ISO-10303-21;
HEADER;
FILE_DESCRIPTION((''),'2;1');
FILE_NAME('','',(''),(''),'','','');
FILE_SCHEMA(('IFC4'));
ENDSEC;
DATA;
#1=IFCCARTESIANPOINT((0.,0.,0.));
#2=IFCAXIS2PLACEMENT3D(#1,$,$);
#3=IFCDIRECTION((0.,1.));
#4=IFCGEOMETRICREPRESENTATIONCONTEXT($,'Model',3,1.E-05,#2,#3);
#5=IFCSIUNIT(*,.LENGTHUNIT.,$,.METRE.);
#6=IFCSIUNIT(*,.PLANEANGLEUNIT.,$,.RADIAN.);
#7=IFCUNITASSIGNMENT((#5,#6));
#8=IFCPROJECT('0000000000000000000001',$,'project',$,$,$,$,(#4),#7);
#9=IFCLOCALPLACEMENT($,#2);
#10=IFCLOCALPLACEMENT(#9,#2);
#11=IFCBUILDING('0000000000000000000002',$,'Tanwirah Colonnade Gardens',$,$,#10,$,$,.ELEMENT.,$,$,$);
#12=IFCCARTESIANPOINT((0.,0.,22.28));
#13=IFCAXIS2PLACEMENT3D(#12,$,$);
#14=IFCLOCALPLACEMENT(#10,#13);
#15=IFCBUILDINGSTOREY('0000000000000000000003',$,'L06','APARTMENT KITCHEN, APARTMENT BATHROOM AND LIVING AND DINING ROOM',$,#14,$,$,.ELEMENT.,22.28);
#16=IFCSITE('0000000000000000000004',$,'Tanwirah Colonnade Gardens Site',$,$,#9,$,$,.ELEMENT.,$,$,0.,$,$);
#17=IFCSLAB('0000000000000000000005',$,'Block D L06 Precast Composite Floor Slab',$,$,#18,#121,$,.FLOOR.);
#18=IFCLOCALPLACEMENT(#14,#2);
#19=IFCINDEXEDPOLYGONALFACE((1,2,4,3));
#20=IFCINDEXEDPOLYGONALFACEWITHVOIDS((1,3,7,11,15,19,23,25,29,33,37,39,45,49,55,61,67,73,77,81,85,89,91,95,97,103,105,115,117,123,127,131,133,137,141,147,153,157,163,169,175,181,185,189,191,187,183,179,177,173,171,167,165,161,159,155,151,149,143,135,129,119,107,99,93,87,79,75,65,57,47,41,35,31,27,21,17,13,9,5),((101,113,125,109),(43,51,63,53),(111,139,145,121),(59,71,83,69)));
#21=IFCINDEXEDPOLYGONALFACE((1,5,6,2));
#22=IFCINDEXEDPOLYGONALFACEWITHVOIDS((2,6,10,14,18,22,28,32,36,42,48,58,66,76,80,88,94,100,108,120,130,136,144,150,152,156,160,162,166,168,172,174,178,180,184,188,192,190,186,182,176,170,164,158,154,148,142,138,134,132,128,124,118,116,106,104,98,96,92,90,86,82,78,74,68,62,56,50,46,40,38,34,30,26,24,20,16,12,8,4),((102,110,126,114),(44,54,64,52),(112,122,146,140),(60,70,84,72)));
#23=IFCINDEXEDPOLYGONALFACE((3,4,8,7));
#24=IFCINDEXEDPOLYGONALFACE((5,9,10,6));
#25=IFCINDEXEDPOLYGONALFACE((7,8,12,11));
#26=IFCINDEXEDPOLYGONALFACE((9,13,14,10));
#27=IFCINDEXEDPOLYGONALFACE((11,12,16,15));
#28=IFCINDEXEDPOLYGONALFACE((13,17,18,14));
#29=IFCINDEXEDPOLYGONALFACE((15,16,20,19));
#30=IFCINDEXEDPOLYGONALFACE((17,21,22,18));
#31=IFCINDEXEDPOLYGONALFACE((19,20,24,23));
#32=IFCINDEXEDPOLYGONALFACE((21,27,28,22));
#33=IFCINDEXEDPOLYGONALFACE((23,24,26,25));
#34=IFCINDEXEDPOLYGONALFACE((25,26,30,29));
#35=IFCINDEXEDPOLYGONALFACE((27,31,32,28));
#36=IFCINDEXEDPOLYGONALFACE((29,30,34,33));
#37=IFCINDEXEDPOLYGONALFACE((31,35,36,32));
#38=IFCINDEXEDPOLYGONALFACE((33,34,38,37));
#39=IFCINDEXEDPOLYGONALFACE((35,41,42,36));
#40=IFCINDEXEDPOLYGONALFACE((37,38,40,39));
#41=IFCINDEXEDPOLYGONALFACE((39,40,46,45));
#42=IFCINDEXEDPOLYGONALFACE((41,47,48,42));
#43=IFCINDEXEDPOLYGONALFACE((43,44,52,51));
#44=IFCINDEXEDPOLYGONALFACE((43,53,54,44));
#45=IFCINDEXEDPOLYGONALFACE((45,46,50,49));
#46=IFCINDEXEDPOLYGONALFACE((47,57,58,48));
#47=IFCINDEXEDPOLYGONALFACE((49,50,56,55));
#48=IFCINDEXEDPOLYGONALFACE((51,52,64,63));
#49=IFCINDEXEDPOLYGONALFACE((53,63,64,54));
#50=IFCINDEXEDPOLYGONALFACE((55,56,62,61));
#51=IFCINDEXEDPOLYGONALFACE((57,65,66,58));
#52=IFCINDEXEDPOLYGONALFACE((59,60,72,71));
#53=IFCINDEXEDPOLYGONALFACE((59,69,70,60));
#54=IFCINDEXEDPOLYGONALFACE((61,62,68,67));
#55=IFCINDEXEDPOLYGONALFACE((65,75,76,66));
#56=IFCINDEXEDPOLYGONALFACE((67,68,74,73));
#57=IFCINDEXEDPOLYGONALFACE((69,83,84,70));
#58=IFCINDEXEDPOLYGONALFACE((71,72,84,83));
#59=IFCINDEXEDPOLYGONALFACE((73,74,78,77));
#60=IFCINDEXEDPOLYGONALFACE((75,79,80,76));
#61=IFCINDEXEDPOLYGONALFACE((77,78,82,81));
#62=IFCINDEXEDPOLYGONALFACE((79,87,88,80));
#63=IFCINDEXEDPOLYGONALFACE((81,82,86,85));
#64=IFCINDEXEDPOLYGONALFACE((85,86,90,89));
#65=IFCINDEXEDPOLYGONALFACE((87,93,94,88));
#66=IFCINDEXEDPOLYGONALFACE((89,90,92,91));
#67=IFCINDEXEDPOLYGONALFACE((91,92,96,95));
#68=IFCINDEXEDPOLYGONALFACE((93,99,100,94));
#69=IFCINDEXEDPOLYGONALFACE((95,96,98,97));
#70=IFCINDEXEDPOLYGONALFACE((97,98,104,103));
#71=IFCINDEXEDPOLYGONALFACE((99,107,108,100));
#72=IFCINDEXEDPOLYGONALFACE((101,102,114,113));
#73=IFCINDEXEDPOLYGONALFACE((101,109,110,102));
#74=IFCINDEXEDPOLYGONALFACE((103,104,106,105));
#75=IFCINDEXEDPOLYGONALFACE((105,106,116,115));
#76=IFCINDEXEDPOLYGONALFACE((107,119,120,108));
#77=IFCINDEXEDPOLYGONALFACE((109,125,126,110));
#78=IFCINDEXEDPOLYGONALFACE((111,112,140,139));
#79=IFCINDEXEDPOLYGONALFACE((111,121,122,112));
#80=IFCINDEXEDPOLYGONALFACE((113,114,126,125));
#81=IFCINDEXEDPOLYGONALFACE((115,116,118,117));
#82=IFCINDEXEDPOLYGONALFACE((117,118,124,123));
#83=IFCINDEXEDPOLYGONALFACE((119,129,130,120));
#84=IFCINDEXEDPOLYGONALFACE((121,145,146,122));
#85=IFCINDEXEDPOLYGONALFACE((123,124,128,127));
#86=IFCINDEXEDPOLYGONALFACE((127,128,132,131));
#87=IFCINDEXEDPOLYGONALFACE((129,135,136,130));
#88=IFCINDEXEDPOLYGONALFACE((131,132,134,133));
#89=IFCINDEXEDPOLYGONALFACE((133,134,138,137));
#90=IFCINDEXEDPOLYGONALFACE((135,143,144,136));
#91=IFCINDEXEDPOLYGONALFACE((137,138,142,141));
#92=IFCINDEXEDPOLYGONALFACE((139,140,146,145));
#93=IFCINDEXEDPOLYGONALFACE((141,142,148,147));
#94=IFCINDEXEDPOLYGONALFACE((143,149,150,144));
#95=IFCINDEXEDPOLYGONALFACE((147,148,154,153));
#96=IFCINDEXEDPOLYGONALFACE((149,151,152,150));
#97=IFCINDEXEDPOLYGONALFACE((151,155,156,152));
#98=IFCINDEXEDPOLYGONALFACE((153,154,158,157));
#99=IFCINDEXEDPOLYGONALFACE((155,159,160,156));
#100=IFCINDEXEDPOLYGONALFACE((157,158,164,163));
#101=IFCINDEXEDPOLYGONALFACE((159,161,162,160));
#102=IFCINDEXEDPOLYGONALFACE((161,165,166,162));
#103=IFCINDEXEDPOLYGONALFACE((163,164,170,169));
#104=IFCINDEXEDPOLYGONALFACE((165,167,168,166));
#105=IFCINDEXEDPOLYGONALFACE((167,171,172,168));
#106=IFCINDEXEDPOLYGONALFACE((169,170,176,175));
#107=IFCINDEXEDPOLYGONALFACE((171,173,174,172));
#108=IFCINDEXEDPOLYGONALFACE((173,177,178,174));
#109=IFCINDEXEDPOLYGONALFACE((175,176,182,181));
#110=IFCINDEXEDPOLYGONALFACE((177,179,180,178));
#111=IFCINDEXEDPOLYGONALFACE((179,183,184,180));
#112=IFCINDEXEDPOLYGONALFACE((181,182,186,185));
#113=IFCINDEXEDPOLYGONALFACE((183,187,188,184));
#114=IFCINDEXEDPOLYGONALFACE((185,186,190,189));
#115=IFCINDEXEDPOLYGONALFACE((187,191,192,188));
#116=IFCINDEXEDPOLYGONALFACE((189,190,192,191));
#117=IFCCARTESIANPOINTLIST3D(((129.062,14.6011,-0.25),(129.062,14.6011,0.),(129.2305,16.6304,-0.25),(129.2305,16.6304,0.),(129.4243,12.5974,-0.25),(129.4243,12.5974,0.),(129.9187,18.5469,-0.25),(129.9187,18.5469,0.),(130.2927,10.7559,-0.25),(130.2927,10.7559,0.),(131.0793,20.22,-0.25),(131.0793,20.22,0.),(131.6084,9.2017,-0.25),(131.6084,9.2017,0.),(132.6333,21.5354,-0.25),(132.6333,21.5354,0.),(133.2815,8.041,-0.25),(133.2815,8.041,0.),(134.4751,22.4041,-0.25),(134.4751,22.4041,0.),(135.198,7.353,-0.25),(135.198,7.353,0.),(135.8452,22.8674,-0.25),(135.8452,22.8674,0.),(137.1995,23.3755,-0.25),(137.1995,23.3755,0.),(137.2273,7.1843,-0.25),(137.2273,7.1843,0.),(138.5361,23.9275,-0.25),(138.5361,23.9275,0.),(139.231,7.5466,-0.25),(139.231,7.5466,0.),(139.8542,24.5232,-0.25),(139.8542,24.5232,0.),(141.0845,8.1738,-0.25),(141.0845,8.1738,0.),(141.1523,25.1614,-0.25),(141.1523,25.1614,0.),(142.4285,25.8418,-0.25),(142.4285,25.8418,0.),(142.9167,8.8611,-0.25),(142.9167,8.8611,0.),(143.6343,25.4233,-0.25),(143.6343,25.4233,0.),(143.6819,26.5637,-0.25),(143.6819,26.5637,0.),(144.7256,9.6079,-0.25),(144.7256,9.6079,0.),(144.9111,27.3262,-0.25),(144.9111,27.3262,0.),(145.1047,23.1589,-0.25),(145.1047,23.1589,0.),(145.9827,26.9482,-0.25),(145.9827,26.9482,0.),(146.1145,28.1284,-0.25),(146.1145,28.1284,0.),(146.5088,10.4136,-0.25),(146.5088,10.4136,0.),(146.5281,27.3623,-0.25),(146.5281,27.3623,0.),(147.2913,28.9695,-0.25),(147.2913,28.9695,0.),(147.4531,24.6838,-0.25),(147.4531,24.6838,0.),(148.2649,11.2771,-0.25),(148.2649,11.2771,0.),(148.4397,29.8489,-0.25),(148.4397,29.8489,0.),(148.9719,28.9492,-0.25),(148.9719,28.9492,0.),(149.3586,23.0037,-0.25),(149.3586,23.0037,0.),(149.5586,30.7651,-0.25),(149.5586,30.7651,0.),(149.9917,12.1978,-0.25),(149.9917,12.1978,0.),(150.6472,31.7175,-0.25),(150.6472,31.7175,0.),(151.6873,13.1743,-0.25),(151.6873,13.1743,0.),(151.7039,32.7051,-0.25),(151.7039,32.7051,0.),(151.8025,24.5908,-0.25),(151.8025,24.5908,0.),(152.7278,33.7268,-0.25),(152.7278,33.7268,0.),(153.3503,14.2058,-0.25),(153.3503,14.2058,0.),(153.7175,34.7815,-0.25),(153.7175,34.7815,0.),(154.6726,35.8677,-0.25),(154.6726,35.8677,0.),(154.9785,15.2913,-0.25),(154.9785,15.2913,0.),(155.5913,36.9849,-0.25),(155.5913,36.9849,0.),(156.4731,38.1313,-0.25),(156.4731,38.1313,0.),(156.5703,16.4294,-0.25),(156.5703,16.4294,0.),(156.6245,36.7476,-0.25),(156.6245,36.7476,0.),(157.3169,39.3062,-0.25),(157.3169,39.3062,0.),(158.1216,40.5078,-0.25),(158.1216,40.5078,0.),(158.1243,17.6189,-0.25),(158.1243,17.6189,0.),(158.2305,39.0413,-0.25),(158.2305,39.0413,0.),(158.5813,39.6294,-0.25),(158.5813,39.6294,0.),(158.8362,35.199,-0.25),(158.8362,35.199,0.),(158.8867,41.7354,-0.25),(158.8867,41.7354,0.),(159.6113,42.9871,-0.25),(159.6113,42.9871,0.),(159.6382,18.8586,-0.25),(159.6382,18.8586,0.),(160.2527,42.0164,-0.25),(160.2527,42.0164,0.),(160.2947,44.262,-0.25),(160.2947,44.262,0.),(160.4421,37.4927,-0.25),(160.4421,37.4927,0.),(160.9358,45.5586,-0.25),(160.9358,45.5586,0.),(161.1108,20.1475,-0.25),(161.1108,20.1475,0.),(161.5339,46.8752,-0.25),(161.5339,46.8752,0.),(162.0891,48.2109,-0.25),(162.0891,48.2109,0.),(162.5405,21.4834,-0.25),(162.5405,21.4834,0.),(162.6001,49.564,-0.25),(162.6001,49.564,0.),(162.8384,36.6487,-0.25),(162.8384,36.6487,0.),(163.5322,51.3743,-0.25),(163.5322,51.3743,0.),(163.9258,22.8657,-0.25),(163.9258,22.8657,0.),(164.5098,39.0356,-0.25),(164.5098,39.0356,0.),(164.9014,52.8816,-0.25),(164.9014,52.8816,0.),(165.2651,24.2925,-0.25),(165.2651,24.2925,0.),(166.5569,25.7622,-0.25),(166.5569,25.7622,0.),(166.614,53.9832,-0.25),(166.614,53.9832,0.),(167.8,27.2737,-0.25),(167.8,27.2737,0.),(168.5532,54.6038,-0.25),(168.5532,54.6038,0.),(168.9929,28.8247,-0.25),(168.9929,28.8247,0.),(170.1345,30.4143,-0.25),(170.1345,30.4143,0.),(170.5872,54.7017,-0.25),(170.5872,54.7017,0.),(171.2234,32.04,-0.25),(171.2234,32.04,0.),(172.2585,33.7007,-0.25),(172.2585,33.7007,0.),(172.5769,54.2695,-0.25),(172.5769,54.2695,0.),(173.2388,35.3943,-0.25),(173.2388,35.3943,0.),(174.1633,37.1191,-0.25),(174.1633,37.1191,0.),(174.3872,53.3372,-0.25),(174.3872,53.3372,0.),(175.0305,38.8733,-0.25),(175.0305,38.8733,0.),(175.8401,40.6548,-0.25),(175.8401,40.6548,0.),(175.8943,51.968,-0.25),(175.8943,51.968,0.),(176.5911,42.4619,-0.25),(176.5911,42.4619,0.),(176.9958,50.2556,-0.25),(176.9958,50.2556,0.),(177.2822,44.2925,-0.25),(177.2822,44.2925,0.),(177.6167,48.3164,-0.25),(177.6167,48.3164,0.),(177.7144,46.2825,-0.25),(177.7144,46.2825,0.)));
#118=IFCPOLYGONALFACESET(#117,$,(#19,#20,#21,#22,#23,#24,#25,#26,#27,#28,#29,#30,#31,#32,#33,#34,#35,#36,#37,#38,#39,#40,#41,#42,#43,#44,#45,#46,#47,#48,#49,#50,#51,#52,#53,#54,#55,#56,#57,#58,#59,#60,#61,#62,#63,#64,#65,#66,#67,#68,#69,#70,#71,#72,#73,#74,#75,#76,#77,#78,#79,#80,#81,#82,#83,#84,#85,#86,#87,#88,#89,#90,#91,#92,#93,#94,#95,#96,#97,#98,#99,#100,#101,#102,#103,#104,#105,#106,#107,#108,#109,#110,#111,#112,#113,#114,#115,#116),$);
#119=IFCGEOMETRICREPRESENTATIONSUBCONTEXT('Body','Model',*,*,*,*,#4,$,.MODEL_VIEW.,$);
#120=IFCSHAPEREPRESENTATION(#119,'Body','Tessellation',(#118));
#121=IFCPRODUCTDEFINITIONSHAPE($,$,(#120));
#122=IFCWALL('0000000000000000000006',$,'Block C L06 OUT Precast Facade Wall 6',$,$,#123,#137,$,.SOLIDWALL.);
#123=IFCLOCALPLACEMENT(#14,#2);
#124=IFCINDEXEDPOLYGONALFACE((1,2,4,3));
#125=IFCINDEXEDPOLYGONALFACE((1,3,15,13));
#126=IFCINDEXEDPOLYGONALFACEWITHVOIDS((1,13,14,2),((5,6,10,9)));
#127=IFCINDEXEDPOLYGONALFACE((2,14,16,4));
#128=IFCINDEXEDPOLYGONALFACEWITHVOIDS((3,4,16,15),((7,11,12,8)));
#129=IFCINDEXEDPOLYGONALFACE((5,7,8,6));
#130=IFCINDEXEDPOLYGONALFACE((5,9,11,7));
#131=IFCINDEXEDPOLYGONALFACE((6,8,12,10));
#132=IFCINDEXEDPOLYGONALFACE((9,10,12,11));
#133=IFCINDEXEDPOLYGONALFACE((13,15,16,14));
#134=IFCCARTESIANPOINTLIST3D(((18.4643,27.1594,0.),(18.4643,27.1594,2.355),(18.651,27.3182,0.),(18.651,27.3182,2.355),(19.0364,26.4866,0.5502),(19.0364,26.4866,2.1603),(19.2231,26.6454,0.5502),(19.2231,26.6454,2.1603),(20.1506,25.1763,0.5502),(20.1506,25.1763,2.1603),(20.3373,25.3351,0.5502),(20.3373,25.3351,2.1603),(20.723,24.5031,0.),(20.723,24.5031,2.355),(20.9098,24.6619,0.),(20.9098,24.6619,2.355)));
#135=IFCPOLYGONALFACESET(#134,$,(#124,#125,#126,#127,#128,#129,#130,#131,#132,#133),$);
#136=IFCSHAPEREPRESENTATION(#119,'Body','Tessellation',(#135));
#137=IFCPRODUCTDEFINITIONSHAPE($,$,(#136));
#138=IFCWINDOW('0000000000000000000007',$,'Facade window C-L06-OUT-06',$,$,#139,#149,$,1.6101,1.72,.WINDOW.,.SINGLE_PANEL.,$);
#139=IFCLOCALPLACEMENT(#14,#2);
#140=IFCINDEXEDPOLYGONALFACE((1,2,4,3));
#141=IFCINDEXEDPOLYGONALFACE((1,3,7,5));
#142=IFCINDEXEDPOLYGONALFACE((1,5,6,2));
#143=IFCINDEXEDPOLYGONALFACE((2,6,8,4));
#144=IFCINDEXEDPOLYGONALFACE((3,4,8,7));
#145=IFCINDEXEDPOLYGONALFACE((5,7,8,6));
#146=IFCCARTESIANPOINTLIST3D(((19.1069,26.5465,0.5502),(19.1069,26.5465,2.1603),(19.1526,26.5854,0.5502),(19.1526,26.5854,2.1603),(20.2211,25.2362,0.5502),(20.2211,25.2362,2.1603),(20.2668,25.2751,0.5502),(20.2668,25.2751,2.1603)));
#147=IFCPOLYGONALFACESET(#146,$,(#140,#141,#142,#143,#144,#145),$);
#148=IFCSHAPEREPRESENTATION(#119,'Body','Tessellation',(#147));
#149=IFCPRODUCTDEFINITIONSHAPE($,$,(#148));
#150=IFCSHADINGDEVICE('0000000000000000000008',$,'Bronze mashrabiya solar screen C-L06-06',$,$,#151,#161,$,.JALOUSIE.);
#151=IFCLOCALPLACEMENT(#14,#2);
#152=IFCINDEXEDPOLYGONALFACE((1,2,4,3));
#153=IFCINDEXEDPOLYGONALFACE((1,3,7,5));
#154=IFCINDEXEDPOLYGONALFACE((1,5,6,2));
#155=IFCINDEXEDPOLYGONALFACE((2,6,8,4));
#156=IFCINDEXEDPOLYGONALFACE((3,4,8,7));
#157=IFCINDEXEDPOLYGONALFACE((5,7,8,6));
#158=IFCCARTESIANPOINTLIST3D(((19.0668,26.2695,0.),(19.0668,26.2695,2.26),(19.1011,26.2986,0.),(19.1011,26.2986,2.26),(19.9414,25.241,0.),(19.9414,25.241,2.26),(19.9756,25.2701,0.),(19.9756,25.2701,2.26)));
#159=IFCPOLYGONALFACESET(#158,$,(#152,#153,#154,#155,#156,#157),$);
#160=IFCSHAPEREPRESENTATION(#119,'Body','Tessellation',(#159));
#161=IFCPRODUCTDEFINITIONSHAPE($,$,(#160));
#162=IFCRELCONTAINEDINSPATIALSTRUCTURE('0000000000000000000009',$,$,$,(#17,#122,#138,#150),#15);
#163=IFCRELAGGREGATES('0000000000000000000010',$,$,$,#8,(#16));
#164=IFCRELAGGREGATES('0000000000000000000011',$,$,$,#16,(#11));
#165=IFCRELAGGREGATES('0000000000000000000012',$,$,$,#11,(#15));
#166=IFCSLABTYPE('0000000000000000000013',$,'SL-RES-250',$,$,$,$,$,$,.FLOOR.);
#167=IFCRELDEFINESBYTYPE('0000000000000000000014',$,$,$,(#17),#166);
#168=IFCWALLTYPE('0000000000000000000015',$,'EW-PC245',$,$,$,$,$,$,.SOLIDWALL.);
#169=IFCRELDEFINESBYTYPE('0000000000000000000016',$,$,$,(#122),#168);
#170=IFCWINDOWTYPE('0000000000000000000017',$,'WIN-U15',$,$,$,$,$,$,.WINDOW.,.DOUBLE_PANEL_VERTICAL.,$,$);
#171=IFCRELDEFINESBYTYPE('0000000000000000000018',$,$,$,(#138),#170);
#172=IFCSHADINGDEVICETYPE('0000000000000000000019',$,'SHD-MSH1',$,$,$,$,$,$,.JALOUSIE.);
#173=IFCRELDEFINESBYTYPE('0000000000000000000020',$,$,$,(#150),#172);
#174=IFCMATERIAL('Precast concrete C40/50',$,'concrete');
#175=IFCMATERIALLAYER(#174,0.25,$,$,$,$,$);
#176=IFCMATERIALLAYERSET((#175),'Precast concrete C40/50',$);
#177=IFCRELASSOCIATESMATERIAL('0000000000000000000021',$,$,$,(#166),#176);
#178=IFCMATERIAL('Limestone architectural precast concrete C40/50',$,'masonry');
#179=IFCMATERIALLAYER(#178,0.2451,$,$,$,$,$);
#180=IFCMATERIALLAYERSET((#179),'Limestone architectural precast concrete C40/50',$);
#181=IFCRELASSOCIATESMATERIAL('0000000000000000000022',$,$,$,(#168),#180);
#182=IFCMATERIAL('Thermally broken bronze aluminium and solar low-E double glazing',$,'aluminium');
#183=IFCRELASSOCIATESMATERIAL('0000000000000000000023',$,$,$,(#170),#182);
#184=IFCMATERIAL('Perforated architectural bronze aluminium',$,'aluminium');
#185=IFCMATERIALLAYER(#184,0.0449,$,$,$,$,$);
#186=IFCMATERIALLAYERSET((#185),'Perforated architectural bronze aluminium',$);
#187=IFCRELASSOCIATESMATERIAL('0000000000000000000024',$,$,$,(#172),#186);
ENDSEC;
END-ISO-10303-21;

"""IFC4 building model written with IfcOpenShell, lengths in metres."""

from ifc_helpers import new_model, si_unit, direction, frame, frame_2d, origin, origin_2d, place, context, subcontext, project, spatial, polyline, rectangle, outline, extrude, material, layer, layer_set, type_object, element, fill, save


model = new_model("IFC4")

# Units and contexts
model_context = context("Model", 3, precision=1e-05, world=origin(), true_north=direction((0.0, 1.0)))
body_context = subcontext(model_context, "Body", "Model", "MODEL_VIEW")
ifc_project = project(units=[si_unit("LENGTHUNIT", "METRE"), si_unit("PLANEANGLEUNIT", "RADIAN")], contexts=[model_context])

# Site, building, storey
site_placement = place(None, origin())
site = spatial("IfcSite", under=ifc_project, at=site_placement, Name="Tanwirah Colonnade Gardens Site", CompositionType="ELEMENT", RefElevation=0.0)
building_placement = place(site_placement, origin())
building = spatial("IfcBuilding", under=site, at=building_placement, Name="Tanwirah Colonnade Gardens", CompositionType="ELEMENT")
storey_placement = place(building_placement, frame((0.0, 0.0, 22.28)))
storey = spatial("IfcBuildingStorey", under=building, at=storey_placement, Name="L06", Description="APARTMENT KITCHEN, APARTMENT BATHROOM AND LIVING AND DINING ROOM", CompositionType="ELEMENT", Elevation=22.28)

# Shared definitions
ifc_material_1 = material(Name="Precast concrete C40/50", Category="concrete")

# Slab
ifc_layer_1 = layer(ifc_material_1, 0.25)
ifc_layer_set_1 = layer_set([ifc_layer_1], Name="Precast concrete C40/50")
slab_type_1 = type_object("IfcSlabType", Name="SL-RES-250", PredefinedType="FLOOR", material=ifc_layer_set_1)
slab_1_placement = place(storey_placement, frame((0.0, 0.0, -0.25)))
element("IfcSlab", 1, at=slab_1_placement, inside=storey, type_object=slab_type_1, Name="Block D L06 Precast Composite Floor Slab", PredefinedType="FLOOR", context=body_context, shape_type="SweptSolid", body=[
    extrude(outline(polyline([(137.1995, 23.3755), (135.8452, 22.8674), (134.4751, 22.4041), (132.6333, 21.5354), (131.0793, 20.22), (129.9187, 18.5469), (129.2305, 16.6304), (129.062, 14.6011), (129.4243, 12.5974), (130.2927, 10.7559), (131.6084, 9.2017), (133.2815, 8.041), (135.198, 7.353), (137.2273, 7.1843), (139.231, 7.5466), (141.0845, 8.1738), (142.9167, 8.8611), (144.7256, 9.6079), (146.5088, 10.4136), (148.2649, 11.2771), (149.9917, 12.1978), (151.6873, 13.1743), (153.3503, 14.2058), (154.9785, 15.2913), (156.5703, 16.4294), (158.1243, 17.6189), (159.6382, 18.8586), (161.1108, 20.1475), (162.5405, 21.4834), (163.9258, 22.8657), (165.2651, 24.2925), (166.5569, 25.7622), (167.8, 27.2737), (168.9929, 28.8247), (170.1345, 30.4143), (171.2234, 32.04), (172.2585, 33.7007), (173.2388, 35.3943), (174.1633, 37.1191), (175.0305, 38.8733), (175.8401, 40.6548), (176.5911, 42.4619), (177.2822, 44.2925), (177.7144, 46.2825), (177.6167, 48.3164), (176.9958, 50.2556), (175.8943, 51.968), (174.3872, 53.3372), (172.5769, 54.2695), (170.5872, 54.7017), (168.5532, 54.6038), (166.614, 53.9832), (164.9014, 52.8816), (163.5322, 51.3743), (162.6001, 49.564), (162.0891, 48.2109), (161.5339, 46.8752), (160.9358, 45.5586), (160.2947, 44.262), (159.6113, 42.9871), (158.8867, 41.7354), (158.1216, 40.5078), (157.3169, 39.3062), (156.4731, 38.1313), (155.5913, 36.9849), (154.6726, 35.8677), (153.7175, 34.7815), (152.7278, 33.7268), (151.7039, 32.7051), (150.6472, 31.7175), (149.5586, 30.7651), (148.4397, 29.8489), (147.2913, 28.9695), (146.1145, 28.1284), (144.9111, 27.3262), (143.6819, 26.5637), (142.4285, 25.8418), (141.1523, 25.1614), (139.8542, 24.5232), (138.5361, 23.9275), (137.1995, 23.3755)]), holes=[polyline([(149.3586, 23.0037), (146.5281, 27.3623), (148.9719, 28.9492), (151.8025, 24.5908), (149.3586, 23.0037)]), polyline([(143.6343, 25.4233), (145.9827, 26.9482), (147.4531, 24.6838), (145.1047, 23.1589), (143.6343, 25.4233)]), polyline([(160.2527, 42.0164), (164.5098, 39.0356), (162.8384, 36.6487), (158.5813, 39.6294), (160.2527, 42.0164)]), polyline([(160.4421, 37.4927), (158.8362, 35.199), (156.6245, 36.7476), (158.2305, 39.0413), (160.4421, 37.4927)])]), origin(), (0.0, 0.0, 1.0), 0.25),
])

# Wall, opening, window
ifc_material_2 = material(Name="Limestone architectural precast concrete C40/50", Category="masonry")
ifc_layer_2 = layer(ifc_material_2, 0.2451)
ifc_layer_set_2 = layer_set([ifc_layer_2], Name="Limestone architectural precast concrete C40/50")
wall_type = type_object("IfcWallType", Name="EW-PC245", PredefinedType="SOLIDWALL", material=ifc_layer_set_2)
wall_placement = place(storey_placement, frame((18.5576, 27.2388, 0.0), z_axis=(0.0, 0.0, 1.0), x_axis=(0.647811, -0.761801, 0.0)))
wall = element("IfcWall", 2, at=wall_placement, inside=storey, type_object=wall_type, Name="Block C L06 OUT Precast Facade Wall 6", PredefinedType="SOLIDWALL", context=body_context, shape_type="SweptSolid", body=[
    extrude(rectangle(XDim=3.4868, YDim=0.2451, at=frame_2d((1.7434, 0.0))), origin(), (0.0, 0.0, 1.0), 2.355),
])
opening_placement = place(wall_placement, frame((0.8833, 0.0, 0.55)))
opening = element("IfcOpeningElement", 3, at=opening_placement, cuts=wall, PredefinedType="OPENING", context=body_context, shape_type="SweptSolid", body=[
    extrude(rectangle(XDim=1.72, YDim=1.6101, at=frame_2d((0.8599, 0.8052))), frame((0.0, 0.1326, 0.0), z_axis=(0.0, -1.0, 0.0), x_axis=(1.0, 0.0, 0.0)), (0.0, 0.0, 1.0), 0.2651),
])
ifc_material_3 = material(Name="Thermally broken bronze aluminium and solar low-E double glazing", Category="aluminium")
window_type = type_object("IfcWindowType", Name="WIN-U15", PartitioningType="DOUBLE_PANEL_VERTICAL", PredefinedType="WINDOW", material=ifc_material_3)
window_placement = place(opening_placement, origin())
window = element("IfcWindow", 4, at=window_placement, inside=storey, type_object=window_type, Name="Facade window C-L06-OUT-06", OverallHeight=1.6101, OverallWidth=1.72, PartitioningType="SINGLE_PANEL", PredefinedType="WINDOW", context=body_context, shape_type="SweptSolid", body=[
    extrude(rectangle(XDim=1.72, YDim=1.6101, at=frame_2d((0.8599, 0.8052))), frame((0.0, 0.03, 0.0), z_axis=(0.0, -1.0, 0.0), x_axis=(1.0, 0.0, 0.0)), (0.0, 0.0, 1.0), 0.0601),
])
fill(opening, window)

# Shading device
ifc_material_4 = material(Name="Perforated architectural bronze aluminium", Category="aluminium")
ifc_layer_3 = layer(ifc_material_4, 0.0449)
ifc_layer_set_3 = layer_set([ifc_layer_3], Name="Perforated architectural bronze aluminium")
shading_device_type = type_object("IfcShadingDeviceType", Name="SHD-MSH1", PredefinedType="JALOUSIE", material=ifc_layer_set_3)
shading_device_placement = place(storey_placement, frame((19.5212, 25.7698, 0.0), z_axis=(0.0, 0.0, 1.0), x_axis=(0.647787, -0.761821, 0.0)))
element("IfcShadingDevice", 5, at=shading_device_placement, inside=storey, type_object=shading_device_type, Name="Bronze mashrabiya solar screen C-L06-06", PredefinedType="JALOUSIE", context=body_context, shape_type="SweptSolid", body=[
    extrude(rectangle(XDim=1.3501, YDim=0.0449, at=origin_2d()), origin(), (0.0, 0.0, 1.0), 2.26),
])

save(model, "model.ifc")
